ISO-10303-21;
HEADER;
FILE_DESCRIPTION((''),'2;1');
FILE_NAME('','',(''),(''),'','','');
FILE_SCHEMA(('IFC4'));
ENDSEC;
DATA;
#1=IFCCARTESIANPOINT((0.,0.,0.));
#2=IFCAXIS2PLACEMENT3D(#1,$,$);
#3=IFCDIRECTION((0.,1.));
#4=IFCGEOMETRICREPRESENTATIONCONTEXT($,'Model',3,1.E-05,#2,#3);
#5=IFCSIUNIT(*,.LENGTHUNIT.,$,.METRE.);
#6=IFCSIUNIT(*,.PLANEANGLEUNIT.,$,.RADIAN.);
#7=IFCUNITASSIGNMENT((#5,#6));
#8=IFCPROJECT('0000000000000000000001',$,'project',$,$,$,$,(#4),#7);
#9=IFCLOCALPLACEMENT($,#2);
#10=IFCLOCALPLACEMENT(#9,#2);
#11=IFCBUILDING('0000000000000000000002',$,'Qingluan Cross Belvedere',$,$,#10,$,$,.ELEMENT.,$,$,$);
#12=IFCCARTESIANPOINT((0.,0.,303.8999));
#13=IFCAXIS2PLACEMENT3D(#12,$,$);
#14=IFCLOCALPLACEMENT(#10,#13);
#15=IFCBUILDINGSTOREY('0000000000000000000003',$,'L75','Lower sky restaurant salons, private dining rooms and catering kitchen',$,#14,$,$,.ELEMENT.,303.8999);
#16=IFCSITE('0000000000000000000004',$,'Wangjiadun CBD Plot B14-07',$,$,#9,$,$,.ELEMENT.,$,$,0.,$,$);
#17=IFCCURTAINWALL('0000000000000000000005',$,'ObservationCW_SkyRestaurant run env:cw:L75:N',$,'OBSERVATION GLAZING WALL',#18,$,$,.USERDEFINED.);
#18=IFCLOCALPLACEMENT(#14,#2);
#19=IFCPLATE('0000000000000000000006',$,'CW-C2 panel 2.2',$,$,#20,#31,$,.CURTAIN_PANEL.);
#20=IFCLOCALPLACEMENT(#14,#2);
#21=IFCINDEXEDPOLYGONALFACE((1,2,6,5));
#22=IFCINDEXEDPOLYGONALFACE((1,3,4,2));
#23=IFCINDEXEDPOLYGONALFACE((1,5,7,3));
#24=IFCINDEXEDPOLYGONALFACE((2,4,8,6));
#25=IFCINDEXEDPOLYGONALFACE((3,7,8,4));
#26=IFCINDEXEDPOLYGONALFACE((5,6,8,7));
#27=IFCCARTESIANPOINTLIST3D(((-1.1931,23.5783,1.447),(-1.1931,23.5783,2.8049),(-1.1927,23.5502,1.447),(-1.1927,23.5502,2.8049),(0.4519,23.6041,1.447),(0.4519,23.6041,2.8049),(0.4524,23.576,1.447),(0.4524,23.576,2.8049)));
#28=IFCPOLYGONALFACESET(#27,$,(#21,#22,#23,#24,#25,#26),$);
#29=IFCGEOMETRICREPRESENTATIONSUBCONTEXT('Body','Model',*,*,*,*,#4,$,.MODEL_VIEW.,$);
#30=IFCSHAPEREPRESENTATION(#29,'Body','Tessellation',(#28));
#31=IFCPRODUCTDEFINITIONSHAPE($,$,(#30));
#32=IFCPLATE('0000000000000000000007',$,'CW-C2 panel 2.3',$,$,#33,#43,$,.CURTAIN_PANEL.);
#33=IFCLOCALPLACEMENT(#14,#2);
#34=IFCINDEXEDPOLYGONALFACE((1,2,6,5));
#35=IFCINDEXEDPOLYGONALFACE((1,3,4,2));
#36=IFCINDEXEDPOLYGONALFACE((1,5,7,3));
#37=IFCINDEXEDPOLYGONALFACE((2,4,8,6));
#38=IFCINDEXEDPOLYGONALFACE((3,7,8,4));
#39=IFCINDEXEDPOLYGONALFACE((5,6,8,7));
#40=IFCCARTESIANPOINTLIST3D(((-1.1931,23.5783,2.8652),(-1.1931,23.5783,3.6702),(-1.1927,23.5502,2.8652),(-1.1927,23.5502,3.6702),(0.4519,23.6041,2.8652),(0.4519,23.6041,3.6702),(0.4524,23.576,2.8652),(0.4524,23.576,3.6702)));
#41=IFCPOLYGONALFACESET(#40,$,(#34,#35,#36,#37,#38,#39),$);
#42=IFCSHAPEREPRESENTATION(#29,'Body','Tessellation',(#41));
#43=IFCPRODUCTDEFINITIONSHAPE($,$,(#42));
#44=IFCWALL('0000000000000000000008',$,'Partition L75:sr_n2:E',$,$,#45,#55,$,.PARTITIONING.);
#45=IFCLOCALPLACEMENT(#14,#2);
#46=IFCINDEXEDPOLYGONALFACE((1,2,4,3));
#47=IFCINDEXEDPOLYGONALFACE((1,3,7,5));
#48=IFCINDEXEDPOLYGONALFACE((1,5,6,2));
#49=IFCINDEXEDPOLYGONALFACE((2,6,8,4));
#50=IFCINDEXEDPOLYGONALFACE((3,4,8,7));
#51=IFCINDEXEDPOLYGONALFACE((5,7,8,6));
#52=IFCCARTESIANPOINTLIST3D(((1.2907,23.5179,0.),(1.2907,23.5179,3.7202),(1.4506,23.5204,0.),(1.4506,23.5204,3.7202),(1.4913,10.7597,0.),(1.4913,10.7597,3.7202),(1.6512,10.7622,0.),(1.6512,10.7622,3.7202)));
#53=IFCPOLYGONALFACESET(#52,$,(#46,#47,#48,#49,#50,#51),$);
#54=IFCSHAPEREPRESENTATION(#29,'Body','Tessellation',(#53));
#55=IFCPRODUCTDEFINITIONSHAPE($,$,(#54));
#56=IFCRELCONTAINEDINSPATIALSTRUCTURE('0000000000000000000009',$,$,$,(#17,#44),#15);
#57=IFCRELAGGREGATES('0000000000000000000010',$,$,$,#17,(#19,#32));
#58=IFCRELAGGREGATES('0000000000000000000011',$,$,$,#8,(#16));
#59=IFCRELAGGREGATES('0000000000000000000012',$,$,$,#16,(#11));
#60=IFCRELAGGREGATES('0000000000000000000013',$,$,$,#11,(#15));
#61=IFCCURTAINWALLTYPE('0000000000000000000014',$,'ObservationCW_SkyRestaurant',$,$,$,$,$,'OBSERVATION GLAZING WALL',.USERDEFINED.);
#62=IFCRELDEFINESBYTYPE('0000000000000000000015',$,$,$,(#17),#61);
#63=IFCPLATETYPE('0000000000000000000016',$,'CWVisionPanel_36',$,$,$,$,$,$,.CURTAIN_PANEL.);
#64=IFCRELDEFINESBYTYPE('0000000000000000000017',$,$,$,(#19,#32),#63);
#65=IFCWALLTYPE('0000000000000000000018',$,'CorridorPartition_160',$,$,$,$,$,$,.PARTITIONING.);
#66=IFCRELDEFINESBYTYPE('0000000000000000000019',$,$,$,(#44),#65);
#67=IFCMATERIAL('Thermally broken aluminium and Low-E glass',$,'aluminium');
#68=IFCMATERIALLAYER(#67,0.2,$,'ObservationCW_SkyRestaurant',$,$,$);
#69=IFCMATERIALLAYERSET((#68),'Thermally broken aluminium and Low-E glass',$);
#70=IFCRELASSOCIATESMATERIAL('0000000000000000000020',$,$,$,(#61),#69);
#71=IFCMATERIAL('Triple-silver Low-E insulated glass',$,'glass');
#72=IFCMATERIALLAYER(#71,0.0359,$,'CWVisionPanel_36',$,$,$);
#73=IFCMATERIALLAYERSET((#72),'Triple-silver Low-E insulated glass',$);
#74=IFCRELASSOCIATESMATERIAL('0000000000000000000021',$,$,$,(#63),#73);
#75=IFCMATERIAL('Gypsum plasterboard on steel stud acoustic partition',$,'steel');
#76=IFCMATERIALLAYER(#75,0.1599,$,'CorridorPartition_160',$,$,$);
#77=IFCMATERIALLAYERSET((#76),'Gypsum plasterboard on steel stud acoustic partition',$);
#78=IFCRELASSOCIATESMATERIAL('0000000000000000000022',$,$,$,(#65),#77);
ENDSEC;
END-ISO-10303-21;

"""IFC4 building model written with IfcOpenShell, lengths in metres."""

from ifc_helpers import new_model, si_unit, direction, frame, frame_2d, origin, origin_2d, place, context, subcontext, project, spatial, rectangle, extrude, material, layer, layer_set, type_object, element, aggregate, save


model = new_model("IFC4")

# Units and contexts
model_context = context("Model", 3, precision=1e-05, world=origin(), true_north=direction((0.0, 1.0)))
body_context = subcontext(model_context, "Body", "Model", "MODEL_VIEW")
ifc_project = project(units=[si_unit("LENGTHUNIT", "METRE"), si_unit("PLANEANGLEUNIT", "RADIAN")], contexts=[model_context])

# Site, building, storey
site_placement = place(None, origin())
site = spatial("IfcSite", under=ifc_project, at=site_placement, Name="Wangjiadun CBD Plot B14-07", CompositionType="ELEMENT", RefElevation=0.0)
building_placement = place(site_placement, origin())
building = spatial("IfcBuilding", under=site, at=building_placement, Name="Qingluan Cross Belvedere", CompositionType="ELEMENT")
storey_placement = place(building_placement, frame((0.0, 0.0, 303.8999)))
storey = spatial("IfcBuildingStorey", under=building, at=storey_placement, Name="L75", Description="Lower sky restaurant salons, private dining rooms and catering kitchen", CompositionType="ELEMENT", Elevation=303.8999)

# Curtain wall, plates
ifc_material_1 = material(Name="Thermally broken aluminium and Low-E glass", Category="aluminium")
ifc_layer_1 = layer(ifc_material_1, 0.2, Name="ObservationCW_SkyRestaurant")
ifc_layer_set_1 = layer_set([ifc_layer_1], Name="Thermally broken aluminium and Low-E glass")
curtain_wall_type = type_object("IfcCurtainWallType", Name="ObservationCW_SkyRestaurant", ElementType="OBSERVATION GLAZING WALL", PredefinedType="USERDEFINED", material=ifc_layer_set_1)
curtain_wall_placement = place(storey_placement, origin())
curtain_wall = element("IfcCurtainWall", 1, at=curtain_wall_placement, inside=storey, type_object=curtain_wall_type, Name="ObservationCW_SkyRestaurant run env:cw:L75:N", ObjectType="OBSERVATION GLAZING WALL", PredefinedType="USERDEFINED")
ifc_material_2 = material(Name="Triple-silver Low-E insulated glass", Category="glass")
ifc_layer_2 = layer(ifc_material_2, 0.0359, Name="CWVisionPanel_36")
ifc_layer_set_2 = layer_set([ifc_layer_2], Name="Triple-silver Low-E insulated glass")
plate_type = type_object("IfcPlateType", Name="CWVisionPanel_36", PredefinedType="CURTAIN_PANEL", material=ifc_layer_set_2)
plate_1_placement = place(storey_placement, frame((-0.3704, 23.5771, 1.447), z_axis=(0.0, 0.0, 1.0), x_axis=(-0.999877, -0.015696, 0.0)))
plate_1 = element("IfcPlate", 2, at=plate_1_placement, type_object=plate_type, Name="CW-C2 panel 2.2", PredefinedType="CURTAIN_PANEL", context=body_context, shape_type="SweptSolid", body=[
    extrude(rectangle(XDim=1.6453, YDim=0.0281, at=origin_2d()), origin(), (0.0, 0.0, 1.0), 1.3579),
])
plate_2_placement = place(storey_placement, frame((-0.3704, 23.5771, 2.8652), z_axis=(0.0, 0.0, 1.0), x_axis=(-0.999877, -0.015696, 0.0)))
plate_2 = element("IfcPlate", 3, at=plate_2_placement, type_object=plate_type, Name="CW-C2 panel 2.3", PredefinedType="CURTAIN_PANEL", context=body_context, shape_type="SweptSolid", body=[
    extrude(rectangle(XDim=1.6453, YDim=0.0281, at=origin_2d()), origin(), (0.0, 0.0, 1.0), 0.8049),
])
aggregate(curtain_wall, [plate_1, plate_2])

# Wall
ifc_material_3 = material(Name="Gypsum plasterboard on steel stud acoustic partition", Category="steel")
ifc_layer_3 = layer(ifc_material_3, 0.1599, Name="CorridorPartition_160")
ifc_layer_set_3 = layer_set([ifc_layer_3], Name="Gypsum plasterboard on steel stud acoustic partition")
wall_type = type_object("IfcWallType", Name="CorridorPartition_160", PredefinedType="PARTITIONING", material=ifc_layer_set_3)
wall_placement = place(storey_placement, frame((1.5713, 10.761, 0.0), z_axis=(0.0, 0.0, 1.0), x_axis=(-0.015728, 0.999876, 0.0)))
element("IfcWall", 4, at=wall_placement, inside=storey, type_object=wall_type, Name="Partition L75:sr_n2:E", PredefinedType="PARTITIONING", context=body_context, shape_type="SweptSolid", body=[
    extrude(rectangle(XDim=12.7598, YDim=0.1599, at=frame_2d((6.3799, 0.0))), origin(), (0.0, 0.0, 1.0), 3.7202),
])

save(model, "model.ifc")
